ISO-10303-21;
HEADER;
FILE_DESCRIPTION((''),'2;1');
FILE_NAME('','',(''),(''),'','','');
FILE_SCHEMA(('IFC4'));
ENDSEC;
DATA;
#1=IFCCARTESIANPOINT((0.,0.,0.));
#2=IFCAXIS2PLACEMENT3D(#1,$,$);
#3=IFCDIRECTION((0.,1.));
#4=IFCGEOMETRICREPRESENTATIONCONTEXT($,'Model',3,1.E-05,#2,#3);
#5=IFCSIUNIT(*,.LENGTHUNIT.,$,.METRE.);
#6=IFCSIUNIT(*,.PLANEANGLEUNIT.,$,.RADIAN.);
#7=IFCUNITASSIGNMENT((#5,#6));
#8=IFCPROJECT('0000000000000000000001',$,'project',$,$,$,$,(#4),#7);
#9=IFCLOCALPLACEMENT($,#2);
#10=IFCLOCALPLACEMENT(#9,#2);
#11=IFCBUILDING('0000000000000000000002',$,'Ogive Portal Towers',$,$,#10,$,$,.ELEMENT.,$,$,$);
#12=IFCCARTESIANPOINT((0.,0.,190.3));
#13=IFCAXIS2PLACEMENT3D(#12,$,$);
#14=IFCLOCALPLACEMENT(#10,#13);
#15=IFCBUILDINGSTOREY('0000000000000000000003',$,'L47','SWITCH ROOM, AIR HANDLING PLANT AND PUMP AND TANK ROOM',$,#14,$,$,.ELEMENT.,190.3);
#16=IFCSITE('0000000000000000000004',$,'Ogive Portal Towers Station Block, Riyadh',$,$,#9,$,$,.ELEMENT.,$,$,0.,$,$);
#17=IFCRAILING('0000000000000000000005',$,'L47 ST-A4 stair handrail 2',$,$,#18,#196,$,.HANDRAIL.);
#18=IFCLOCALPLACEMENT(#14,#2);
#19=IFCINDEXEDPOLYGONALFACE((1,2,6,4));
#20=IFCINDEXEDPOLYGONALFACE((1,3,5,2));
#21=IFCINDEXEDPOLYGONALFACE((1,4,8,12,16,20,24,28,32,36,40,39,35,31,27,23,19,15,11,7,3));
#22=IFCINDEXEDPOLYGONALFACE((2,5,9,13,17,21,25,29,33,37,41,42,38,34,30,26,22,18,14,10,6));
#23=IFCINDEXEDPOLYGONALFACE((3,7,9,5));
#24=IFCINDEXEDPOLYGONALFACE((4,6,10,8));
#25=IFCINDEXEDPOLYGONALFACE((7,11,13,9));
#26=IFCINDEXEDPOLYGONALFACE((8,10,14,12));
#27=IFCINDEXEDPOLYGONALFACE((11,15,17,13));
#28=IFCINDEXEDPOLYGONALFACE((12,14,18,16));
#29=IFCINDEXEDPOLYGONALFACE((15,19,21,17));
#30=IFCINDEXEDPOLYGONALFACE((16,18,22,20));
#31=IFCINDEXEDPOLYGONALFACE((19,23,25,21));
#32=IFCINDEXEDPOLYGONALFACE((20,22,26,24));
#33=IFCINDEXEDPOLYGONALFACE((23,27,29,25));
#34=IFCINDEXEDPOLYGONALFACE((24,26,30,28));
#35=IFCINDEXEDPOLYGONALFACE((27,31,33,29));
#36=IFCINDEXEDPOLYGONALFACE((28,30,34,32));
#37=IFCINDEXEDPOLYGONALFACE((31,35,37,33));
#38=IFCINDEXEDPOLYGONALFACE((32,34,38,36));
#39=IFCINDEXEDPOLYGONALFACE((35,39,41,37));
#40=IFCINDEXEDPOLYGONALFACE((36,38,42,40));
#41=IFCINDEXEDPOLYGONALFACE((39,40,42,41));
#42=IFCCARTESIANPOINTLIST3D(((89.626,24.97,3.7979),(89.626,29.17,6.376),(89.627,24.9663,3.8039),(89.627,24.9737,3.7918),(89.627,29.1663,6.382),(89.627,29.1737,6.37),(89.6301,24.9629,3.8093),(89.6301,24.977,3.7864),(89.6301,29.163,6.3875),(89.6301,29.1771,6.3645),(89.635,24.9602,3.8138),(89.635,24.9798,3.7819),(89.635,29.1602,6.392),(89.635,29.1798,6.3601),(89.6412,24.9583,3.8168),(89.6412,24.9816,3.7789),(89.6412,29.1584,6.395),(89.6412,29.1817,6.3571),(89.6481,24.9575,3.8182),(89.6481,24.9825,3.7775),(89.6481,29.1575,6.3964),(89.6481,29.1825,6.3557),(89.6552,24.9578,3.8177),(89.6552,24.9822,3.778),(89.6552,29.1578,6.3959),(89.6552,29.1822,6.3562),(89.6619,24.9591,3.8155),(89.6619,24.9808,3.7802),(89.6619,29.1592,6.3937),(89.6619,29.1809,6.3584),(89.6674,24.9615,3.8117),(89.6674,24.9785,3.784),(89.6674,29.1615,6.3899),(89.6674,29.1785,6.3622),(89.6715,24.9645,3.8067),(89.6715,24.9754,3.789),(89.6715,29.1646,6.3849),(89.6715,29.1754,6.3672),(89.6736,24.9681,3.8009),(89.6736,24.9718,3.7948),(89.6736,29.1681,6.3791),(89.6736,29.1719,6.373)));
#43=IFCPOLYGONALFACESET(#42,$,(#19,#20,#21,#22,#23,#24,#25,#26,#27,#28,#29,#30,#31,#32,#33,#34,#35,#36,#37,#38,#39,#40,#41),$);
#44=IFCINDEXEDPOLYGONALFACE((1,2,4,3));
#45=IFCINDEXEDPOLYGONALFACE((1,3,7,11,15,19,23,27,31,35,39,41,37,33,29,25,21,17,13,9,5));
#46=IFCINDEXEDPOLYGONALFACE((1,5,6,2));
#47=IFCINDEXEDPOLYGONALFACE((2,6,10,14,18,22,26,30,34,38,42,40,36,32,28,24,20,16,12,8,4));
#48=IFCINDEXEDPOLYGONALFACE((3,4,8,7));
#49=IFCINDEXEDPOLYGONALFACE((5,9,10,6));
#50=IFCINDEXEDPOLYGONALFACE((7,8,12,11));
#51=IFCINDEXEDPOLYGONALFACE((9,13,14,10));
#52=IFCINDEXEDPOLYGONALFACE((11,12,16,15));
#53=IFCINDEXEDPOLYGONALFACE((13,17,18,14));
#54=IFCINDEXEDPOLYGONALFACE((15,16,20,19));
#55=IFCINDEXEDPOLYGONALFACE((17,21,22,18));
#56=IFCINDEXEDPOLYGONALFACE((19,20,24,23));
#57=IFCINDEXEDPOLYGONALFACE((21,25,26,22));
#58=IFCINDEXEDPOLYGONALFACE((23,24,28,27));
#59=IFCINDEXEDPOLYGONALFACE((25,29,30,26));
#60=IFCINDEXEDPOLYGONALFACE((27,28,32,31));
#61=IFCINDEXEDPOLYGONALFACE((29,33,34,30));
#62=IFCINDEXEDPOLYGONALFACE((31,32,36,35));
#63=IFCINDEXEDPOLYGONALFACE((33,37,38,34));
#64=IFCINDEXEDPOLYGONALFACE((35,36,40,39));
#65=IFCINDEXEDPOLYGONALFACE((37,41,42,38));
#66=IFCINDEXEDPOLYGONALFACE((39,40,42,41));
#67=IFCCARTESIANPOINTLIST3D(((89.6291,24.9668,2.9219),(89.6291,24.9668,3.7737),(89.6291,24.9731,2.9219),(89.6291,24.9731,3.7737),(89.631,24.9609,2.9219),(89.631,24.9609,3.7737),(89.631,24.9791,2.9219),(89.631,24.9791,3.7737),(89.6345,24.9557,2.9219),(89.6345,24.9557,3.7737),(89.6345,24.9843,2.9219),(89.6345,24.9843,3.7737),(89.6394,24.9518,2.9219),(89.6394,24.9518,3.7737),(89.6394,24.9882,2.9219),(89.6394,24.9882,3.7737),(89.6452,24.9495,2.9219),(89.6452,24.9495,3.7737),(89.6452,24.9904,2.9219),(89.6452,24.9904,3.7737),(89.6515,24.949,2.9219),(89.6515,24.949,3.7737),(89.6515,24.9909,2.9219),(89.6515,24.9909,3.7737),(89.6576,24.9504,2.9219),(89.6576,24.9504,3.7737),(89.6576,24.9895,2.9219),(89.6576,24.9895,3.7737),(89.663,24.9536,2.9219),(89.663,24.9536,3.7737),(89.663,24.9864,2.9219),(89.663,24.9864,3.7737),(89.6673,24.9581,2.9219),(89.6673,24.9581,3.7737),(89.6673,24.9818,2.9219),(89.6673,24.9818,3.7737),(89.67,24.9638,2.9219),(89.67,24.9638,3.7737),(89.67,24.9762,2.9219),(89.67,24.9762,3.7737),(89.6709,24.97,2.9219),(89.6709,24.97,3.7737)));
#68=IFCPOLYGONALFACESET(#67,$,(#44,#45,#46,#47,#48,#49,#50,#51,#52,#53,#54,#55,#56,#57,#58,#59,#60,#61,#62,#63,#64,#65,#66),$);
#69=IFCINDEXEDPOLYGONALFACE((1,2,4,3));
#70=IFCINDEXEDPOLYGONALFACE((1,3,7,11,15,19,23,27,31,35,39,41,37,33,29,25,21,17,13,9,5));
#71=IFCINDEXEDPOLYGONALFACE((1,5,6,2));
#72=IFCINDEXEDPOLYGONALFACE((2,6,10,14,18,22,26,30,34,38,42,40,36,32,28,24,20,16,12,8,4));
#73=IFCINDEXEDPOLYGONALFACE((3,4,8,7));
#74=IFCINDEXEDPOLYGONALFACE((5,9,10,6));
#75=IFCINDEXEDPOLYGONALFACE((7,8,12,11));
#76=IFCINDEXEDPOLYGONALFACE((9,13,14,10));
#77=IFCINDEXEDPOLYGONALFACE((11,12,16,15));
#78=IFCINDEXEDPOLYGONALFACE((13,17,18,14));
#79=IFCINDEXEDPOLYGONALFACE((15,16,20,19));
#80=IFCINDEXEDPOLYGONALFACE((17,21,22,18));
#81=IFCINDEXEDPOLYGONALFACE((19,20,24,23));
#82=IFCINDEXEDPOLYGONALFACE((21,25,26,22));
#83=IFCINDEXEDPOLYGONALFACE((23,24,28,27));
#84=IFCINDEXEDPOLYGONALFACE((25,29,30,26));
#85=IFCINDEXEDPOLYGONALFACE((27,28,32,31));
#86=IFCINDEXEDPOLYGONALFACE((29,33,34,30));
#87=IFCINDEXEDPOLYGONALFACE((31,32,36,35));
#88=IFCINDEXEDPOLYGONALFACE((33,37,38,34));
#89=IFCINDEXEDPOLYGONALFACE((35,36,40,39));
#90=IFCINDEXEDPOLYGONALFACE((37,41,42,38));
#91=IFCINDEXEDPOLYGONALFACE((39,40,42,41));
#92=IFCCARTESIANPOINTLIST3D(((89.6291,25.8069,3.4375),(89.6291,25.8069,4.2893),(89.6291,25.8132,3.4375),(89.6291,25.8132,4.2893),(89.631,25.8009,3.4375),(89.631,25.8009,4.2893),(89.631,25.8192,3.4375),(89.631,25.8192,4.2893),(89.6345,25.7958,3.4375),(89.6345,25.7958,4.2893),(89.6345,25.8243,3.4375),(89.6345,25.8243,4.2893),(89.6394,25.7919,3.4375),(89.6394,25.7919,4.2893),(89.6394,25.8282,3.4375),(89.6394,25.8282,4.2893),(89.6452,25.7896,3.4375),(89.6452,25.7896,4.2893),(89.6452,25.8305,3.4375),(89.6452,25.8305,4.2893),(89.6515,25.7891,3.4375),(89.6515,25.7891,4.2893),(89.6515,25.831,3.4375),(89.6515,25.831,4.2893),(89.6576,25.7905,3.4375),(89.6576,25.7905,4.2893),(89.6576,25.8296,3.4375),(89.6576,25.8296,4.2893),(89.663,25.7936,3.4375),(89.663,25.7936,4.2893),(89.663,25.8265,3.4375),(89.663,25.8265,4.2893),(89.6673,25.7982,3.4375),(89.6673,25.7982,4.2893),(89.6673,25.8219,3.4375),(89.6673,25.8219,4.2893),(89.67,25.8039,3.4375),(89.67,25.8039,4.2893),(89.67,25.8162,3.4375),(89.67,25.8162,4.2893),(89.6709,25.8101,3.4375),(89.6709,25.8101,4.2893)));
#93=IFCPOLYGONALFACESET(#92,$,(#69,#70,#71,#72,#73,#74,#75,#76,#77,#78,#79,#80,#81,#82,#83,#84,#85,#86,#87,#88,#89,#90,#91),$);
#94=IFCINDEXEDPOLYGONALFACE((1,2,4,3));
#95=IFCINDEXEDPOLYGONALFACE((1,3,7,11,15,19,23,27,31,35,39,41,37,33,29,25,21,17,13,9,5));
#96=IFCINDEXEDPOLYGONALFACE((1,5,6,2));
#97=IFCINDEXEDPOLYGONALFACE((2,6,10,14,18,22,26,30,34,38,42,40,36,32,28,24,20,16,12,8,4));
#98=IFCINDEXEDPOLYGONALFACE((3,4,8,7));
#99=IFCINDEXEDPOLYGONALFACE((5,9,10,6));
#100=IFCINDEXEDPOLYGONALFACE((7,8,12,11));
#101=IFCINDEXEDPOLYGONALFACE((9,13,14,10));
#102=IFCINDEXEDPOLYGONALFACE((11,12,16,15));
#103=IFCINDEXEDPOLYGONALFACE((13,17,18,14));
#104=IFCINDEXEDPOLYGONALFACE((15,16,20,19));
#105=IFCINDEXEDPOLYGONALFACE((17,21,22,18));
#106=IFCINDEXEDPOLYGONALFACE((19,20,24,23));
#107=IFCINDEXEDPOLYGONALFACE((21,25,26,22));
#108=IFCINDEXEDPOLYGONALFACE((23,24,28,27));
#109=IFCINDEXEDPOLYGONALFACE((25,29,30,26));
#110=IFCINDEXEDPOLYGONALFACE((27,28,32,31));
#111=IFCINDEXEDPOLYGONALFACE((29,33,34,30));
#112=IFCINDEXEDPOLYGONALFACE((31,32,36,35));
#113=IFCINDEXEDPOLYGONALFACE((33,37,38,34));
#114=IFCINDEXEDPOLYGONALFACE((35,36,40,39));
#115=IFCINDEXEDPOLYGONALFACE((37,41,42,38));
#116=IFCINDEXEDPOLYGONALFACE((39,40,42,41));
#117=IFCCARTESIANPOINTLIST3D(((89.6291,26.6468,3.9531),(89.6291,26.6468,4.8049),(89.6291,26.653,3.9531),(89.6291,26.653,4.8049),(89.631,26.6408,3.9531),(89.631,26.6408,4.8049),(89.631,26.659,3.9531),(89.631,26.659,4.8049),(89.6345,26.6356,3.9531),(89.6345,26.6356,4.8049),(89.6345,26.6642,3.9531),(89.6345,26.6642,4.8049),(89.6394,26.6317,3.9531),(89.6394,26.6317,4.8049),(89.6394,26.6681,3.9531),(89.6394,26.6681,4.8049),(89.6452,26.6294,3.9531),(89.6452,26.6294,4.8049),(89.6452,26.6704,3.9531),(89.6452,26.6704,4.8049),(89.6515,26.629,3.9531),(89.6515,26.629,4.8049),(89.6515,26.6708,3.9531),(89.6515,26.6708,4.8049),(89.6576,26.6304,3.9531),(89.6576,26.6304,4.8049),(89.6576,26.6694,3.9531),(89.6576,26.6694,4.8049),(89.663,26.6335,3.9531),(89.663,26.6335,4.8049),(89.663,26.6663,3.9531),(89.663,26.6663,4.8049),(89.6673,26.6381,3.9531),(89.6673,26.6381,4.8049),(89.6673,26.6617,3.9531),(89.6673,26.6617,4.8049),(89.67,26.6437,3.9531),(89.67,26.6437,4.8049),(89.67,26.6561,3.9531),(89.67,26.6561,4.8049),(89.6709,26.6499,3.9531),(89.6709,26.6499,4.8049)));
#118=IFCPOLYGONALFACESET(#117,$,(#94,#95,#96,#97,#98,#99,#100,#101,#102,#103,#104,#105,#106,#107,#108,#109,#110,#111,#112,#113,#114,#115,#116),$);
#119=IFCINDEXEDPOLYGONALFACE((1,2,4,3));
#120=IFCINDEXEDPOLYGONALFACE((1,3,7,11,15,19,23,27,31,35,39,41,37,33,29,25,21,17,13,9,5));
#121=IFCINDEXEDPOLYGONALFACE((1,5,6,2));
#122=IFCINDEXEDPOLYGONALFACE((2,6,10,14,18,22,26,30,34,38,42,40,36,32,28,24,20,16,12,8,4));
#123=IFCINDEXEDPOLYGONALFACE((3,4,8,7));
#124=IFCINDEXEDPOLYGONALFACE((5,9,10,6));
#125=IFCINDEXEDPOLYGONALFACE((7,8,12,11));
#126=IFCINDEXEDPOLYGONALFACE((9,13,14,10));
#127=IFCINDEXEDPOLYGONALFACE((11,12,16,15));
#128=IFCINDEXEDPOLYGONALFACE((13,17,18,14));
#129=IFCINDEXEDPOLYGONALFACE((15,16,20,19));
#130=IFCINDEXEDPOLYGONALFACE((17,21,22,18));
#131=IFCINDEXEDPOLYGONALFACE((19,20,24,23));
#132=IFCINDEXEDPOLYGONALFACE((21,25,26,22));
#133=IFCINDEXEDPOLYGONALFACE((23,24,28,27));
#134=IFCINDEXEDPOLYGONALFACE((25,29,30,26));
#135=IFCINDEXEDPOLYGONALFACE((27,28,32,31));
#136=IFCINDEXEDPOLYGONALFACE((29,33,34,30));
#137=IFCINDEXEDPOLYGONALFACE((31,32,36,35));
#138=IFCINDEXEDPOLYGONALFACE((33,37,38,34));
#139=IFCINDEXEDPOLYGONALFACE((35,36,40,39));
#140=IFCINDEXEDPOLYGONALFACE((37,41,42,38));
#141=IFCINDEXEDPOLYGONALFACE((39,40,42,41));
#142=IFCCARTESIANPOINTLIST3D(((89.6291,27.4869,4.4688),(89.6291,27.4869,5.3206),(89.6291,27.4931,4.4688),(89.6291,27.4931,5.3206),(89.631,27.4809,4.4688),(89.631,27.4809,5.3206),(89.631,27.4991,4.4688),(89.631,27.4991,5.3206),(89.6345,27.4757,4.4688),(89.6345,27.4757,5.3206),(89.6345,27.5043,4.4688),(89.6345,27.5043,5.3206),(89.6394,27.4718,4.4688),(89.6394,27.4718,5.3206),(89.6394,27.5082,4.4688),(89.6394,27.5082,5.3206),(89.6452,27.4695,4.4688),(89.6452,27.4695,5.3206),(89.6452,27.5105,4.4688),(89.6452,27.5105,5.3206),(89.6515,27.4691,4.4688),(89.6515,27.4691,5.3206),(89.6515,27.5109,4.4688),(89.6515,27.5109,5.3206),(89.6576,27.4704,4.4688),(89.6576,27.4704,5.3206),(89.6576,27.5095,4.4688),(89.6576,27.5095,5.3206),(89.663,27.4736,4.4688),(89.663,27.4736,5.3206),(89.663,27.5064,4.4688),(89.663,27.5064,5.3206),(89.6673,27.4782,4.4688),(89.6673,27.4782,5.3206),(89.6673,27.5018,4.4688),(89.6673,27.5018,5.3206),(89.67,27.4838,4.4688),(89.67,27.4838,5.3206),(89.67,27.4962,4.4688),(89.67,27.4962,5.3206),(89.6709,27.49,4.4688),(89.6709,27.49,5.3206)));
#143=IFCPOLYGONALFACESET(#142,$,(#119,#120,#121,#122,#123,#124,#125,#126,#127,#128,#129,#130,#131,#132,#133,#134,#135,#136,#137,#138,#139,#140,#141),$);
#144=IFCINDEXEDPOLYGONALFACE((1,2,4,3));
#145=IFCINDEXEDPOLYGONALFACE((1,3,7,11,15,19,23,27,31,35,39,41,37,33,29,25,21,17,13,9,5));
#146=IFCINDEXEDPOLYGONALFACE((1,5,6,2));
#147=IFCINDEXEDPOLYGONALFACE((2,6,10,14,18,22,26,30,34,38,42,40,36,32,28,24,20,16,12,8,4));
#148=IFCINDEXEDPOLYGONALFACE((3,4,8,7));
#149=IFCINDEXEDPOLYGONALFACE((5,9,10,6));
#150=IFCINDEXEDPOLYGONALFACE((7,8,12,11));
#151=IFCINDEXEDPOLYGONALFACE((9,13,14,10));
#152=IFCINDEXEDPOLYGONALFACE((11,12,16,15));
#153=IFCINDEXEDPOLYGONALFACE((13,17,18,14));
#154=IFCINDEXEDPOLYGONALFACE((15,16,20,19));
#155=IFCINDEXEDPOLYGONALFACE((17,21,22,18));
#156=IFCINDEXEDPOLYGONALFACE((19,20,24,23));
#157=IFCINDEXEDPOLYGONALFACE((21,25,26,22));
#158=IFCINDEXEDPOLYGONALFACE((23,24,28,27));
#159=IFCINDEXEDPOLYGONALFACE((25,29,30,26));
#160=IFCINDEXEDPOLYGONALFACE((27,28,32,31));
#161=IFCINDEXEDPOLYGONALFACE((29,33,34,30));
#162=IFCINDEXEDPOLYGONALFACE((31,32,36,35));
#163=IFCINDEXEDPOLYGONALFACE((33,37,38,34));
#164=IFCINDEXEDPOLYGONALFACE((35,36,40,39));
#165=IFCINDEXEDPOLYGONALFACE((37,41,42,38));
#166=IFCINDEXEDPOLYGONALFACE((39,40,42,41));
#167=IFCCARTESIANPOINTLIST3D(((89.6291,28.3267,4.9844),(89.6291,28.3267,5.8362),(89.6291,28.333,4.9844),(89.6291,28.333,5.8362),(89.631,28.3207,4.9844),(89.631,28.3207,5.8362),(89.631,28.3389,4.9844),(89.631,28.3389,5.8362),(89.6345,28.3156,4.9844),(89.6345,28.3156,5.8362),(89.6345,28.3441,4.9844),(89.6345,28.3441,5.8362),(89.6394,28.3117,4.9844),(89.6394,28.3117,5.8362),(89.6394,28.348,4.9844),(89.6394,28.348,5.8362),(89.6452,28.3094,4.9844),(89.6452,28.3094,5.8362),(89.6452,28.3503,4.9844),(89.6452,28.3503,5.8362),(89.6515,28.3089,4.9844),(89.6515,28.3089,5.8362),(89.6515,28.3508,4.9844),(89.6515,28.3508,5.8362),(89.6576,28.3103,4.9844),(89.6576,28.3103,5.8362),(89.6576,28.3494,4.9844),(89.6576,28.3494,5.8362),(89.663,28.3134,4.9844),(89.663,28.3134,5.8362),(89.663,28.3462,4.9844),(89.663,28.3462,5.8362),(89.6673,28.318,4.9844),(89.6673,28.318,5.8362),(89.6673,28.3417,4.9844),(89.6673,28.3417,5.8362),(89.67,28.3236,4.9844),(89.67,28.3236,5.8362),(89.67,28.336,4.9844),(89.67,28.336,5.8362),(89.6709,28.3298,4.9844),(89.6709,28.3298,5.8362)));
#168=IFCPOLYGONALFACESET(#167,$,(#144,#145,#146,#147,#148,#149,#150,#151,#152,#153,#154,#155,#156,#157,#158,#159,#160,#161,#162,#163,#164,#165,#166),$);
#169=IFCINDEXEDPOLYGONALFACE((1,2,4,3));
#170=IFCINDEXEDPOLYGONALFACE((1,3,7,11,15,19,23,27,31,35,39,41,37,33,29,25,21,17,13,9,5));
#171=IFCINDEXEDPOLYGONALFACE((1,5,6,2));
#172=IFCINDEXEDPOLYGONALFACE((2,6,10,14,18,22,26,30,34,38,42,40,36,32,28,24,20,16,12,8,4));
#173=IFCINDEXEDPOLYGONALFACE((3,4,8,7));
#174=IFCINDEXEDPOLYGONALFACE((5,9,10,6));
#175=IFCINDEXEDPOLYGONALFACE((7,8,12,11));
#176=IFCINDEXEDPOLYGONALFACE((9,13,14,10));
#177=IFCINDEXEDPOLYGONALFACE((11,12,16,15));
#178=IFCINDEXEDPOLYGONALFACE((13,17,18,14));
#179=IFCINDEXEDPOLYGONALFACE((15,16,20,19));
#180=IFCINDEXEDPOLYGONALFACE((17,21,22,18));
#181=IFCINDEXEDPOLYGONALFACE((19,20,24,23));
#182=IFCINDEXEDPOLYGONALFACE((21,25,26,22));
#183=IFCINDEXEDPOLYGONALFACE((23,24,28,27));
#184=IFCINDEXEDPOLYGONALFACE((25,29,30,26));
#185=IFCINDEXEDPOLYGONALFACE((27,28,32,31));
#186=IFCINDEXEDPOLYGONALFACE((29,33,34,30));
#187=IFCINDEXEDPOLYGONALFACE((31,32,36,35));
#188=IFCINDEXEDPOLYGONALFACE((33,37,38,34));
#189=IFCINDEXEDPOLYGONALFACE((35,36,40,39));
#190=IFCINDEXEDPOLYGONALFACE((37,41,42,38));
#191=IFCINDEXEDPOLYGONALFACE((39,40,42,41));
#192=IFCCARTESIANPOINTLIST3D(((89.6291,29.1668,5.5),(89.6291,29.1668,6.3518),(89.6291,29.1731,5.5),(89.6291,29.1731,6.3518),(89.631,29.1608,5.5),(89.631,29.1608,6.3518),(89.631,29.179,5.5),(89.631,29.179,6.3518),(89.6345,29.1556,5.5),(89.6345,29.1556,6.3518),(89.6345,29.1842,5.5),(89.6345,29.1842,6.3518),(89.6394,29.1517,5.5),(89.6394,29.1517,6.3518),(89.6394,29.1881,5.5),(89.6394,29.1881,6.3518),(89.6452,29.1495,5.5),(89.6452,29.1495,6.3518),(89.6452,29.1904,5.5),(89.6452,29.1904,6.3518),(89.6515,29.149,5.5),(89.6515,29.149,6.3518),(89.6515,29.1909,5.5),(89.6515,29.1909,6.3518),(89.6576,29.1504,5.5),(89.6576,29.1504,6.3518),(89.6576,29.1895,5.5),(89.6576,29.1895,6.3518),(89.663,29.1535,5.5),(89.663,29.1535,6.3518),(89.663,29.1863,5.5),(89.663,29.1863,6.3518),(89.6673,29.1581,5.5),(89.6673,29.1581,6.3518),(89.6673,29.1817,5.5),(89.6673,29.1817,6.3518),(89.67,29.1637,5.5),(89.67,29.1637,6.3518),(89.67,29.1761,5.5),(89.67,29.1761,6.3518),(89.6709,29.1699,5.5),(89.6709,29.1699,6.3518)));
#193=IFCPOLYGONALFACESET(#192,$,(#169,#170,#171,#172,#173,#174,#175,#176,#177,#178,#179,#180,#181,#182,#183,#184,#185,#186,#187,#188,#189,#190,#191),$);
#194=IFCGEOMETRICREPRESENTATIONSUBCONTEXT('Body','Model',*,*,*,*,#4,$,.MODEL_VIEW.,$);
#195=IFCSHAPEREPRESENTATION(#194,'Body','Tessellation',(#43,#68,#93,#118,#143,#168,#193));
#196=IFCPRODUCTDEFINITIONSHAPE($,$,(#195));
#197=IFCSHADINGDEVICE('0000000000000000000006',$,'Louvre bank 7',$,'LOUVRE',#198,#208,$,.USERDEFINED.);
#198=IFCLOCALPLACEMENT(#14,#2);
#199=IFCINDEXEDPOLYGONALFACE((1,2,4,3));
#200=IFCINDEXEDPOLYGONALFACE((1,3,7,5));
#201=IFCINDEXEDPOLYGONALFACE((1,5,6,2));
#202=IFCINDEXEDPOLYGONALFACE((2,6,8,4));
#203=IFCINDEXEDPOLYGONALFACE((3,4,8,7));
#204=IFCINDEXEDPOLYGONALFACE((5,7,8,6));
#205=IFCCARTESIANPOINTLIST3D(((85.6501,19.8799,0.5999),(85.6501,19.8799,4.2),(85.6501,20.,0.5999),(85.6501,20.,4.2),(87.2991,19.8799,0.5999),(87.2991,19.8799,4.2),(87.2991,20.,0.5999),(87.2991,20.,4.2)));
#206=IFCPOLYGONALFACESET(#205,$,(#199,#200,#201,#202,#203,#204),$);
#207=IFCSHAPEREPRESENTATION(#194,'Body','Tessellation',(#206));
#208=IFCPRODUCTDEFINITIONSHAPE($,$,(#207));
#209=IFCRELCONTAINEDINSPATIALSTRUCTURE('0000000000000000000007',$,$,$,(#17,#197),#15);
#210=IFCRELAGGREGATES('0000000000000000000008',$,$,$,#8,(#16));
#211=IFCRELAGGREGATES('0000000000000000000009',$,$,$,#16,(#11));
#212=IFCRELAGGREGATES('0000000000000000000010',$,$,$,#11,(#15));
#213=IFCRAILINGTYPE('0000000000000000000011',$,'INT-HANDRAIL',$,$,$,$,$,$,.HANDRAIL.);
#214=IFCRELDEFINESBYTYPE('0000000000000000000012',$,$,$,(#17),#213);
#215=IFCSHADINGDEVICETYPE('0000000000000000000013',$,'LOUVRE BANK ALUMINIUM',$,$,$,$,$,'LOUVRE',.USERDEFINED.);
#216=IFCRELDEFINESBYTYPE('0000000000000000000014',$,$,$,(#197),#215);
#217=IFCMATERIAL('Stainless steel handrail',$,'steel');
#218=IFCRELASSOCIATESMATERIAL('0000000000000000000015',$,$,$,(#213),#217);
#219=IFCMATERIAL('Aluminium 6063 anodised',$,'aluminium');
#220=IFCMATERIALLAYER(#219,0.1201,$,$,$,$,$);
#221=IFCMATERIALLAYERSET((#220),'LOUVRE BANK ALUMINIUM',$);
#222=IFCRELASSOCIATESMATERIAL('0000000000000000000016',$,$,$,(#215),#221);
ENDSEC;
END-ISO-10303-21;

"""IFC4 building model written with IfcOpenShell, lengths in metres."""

from ifc_helpers import new_model, si_unit, direction, frame, origin, origin_2d, place, context, subcontext, project, spatial, rectangle, circle, extrude, material, layer, layer_set, type_object, element, save


model = new_model("IFC4")

# Units and contexts
model_context = context("Model", 3, precision=1e-05, world=origin(), true_north=direction((0.0, 1.0)))
body_context = subcontext(model_context, "Body", "Model", "MODEL_VIEW")
ifc_project = project(units=[si_unit("LENGTHUNIT", "METRE"), si_unit("PLANEANGLEUNIT", "RADIAN")], contexts=[model_context])

# Site, building, storey
site_placement = place(None, origin())
site = spatial("IfcSite", under=ifc_project, at=site_placement, Name="Ogive Portal Towers Station Block, Riyadh", CompositionType="ELEMENT", RefElevation=0.0)
building_placement = place(site_placement, origin())
building = spatial("IfcBuilding", under=site, at=building_placement, Name="Ogive Portal Towers", CompositionType="ELEMENT")
storey_placement = place(building_placement, frame((0.0, 0.0, 190.3)))
storey = spatial("IfcBuildingStorey", under=building, at=storey_placement, Name="L47", Description="SWITCH ROOM, AIR HANDLING PLANT AND PUMP AND TANK ROOM", CompositionType="ELEMENT", Elevation=190.3)

# Railing
ifc_material_1 = material(Name="Stainless steel handrail", Category="steel")
railing_type_1 = type_object("IfcRailingType", Name="INT-HANDRAIL", PredefinedType="HANDRAIL", material=ifc_material_1)
railing_1_placement = place(storey_placement, frame((89.6499, 24.97, 2.9219)))
element("IfcRailing", 1, at=railing_1_placement, inside=storey, type_object=railing_type_1, Name="L47 ST-A4 stair handrail 2", PredefinedType="HANDRAIL", context=body_context, shape_type="SweptSolid", body=[
    extrude(circle(Radius=0.0239, at=origin_2d()), frame((0.0, 0.0, 0.876), z_axis=(0.0, 0.852243, 0.523146), x_axis=(-1.0, 0.0, 0.0)), (0.0, 0.0, 1.0), 4.9282),
    extrude(circle(Radius=0.021, at=origin_2d()), origin(), (0.0, 0.0, 1.0), 0.8518),
    extrude(circle(Radius=0.021, at=origin_2d()), frame((0.0, 0.8401, 0.5156)), (0.0, 0.0, 1.0), 0.8518),
    extrude(circle(Radius=0.021, at=origin_2d()), frame((0.0, 1.6799, 1.0312)), (0.0, 0.0, 1.0), 0.8518),
    extrude(circle(Radius=0.021, at=origin_2d()), frame((0.0, 2.52, 1.5469)), (0.0, 0.0, 1.0), 0.8518),
    extrude(circle(Radius=0.021, at=origin_2d()), frame((0.0, 3.3599, 2.0625)), (0.0, 0.0, 1.0), 0.8518),
    extrude(circle(Radius=0.021, at=origin_2d()), frame((0.0, 4.2, 2.5781)), (0.0, 0.0, 1.0), 0.8518),
])

# Shading device
ifc_material_2 = material(Name="Aluminium 6063 anodised", Category="aluminium")
ifc_layer_1 = layer(ifc_material_2, 0.1201)
ifc_layer_set_1 = layer_set([ifc_layer_1], Name="LOUVRE BANK ALUMINIUM")
shading_device_type = type_object("IfcShadingDeviceType", Name="LOUVRE BANK ALUMINIUM", ElementType="LOUVRE", PredefinedType="USERDEFINED", material=ifc_layer_set_1)
shading_device_1_placement = place(storey_placement, frame((86.4746, 19.9399, 0.5999), z_axis=(0.0, 0.0, 1.0), x_axis=(1.0, 0.0, 0.0)))
element("IfcShadingDevice", 2, at=shading_device_1_placement, inside=storey, type_object=shading_device_type, Name="Louvre bank 7", ObjectType="LOUVRE", PredefinedType="USERDEFINED", context=body_context, shape_type="SweptSolid", body=[
    extrude(rectangle(XDim=1.6489, YDim=0.1201, at=origin_2d()), origin(), (0.0, 0.0, 1.0), 3.6001),
])

save(model, "model.ifc")
